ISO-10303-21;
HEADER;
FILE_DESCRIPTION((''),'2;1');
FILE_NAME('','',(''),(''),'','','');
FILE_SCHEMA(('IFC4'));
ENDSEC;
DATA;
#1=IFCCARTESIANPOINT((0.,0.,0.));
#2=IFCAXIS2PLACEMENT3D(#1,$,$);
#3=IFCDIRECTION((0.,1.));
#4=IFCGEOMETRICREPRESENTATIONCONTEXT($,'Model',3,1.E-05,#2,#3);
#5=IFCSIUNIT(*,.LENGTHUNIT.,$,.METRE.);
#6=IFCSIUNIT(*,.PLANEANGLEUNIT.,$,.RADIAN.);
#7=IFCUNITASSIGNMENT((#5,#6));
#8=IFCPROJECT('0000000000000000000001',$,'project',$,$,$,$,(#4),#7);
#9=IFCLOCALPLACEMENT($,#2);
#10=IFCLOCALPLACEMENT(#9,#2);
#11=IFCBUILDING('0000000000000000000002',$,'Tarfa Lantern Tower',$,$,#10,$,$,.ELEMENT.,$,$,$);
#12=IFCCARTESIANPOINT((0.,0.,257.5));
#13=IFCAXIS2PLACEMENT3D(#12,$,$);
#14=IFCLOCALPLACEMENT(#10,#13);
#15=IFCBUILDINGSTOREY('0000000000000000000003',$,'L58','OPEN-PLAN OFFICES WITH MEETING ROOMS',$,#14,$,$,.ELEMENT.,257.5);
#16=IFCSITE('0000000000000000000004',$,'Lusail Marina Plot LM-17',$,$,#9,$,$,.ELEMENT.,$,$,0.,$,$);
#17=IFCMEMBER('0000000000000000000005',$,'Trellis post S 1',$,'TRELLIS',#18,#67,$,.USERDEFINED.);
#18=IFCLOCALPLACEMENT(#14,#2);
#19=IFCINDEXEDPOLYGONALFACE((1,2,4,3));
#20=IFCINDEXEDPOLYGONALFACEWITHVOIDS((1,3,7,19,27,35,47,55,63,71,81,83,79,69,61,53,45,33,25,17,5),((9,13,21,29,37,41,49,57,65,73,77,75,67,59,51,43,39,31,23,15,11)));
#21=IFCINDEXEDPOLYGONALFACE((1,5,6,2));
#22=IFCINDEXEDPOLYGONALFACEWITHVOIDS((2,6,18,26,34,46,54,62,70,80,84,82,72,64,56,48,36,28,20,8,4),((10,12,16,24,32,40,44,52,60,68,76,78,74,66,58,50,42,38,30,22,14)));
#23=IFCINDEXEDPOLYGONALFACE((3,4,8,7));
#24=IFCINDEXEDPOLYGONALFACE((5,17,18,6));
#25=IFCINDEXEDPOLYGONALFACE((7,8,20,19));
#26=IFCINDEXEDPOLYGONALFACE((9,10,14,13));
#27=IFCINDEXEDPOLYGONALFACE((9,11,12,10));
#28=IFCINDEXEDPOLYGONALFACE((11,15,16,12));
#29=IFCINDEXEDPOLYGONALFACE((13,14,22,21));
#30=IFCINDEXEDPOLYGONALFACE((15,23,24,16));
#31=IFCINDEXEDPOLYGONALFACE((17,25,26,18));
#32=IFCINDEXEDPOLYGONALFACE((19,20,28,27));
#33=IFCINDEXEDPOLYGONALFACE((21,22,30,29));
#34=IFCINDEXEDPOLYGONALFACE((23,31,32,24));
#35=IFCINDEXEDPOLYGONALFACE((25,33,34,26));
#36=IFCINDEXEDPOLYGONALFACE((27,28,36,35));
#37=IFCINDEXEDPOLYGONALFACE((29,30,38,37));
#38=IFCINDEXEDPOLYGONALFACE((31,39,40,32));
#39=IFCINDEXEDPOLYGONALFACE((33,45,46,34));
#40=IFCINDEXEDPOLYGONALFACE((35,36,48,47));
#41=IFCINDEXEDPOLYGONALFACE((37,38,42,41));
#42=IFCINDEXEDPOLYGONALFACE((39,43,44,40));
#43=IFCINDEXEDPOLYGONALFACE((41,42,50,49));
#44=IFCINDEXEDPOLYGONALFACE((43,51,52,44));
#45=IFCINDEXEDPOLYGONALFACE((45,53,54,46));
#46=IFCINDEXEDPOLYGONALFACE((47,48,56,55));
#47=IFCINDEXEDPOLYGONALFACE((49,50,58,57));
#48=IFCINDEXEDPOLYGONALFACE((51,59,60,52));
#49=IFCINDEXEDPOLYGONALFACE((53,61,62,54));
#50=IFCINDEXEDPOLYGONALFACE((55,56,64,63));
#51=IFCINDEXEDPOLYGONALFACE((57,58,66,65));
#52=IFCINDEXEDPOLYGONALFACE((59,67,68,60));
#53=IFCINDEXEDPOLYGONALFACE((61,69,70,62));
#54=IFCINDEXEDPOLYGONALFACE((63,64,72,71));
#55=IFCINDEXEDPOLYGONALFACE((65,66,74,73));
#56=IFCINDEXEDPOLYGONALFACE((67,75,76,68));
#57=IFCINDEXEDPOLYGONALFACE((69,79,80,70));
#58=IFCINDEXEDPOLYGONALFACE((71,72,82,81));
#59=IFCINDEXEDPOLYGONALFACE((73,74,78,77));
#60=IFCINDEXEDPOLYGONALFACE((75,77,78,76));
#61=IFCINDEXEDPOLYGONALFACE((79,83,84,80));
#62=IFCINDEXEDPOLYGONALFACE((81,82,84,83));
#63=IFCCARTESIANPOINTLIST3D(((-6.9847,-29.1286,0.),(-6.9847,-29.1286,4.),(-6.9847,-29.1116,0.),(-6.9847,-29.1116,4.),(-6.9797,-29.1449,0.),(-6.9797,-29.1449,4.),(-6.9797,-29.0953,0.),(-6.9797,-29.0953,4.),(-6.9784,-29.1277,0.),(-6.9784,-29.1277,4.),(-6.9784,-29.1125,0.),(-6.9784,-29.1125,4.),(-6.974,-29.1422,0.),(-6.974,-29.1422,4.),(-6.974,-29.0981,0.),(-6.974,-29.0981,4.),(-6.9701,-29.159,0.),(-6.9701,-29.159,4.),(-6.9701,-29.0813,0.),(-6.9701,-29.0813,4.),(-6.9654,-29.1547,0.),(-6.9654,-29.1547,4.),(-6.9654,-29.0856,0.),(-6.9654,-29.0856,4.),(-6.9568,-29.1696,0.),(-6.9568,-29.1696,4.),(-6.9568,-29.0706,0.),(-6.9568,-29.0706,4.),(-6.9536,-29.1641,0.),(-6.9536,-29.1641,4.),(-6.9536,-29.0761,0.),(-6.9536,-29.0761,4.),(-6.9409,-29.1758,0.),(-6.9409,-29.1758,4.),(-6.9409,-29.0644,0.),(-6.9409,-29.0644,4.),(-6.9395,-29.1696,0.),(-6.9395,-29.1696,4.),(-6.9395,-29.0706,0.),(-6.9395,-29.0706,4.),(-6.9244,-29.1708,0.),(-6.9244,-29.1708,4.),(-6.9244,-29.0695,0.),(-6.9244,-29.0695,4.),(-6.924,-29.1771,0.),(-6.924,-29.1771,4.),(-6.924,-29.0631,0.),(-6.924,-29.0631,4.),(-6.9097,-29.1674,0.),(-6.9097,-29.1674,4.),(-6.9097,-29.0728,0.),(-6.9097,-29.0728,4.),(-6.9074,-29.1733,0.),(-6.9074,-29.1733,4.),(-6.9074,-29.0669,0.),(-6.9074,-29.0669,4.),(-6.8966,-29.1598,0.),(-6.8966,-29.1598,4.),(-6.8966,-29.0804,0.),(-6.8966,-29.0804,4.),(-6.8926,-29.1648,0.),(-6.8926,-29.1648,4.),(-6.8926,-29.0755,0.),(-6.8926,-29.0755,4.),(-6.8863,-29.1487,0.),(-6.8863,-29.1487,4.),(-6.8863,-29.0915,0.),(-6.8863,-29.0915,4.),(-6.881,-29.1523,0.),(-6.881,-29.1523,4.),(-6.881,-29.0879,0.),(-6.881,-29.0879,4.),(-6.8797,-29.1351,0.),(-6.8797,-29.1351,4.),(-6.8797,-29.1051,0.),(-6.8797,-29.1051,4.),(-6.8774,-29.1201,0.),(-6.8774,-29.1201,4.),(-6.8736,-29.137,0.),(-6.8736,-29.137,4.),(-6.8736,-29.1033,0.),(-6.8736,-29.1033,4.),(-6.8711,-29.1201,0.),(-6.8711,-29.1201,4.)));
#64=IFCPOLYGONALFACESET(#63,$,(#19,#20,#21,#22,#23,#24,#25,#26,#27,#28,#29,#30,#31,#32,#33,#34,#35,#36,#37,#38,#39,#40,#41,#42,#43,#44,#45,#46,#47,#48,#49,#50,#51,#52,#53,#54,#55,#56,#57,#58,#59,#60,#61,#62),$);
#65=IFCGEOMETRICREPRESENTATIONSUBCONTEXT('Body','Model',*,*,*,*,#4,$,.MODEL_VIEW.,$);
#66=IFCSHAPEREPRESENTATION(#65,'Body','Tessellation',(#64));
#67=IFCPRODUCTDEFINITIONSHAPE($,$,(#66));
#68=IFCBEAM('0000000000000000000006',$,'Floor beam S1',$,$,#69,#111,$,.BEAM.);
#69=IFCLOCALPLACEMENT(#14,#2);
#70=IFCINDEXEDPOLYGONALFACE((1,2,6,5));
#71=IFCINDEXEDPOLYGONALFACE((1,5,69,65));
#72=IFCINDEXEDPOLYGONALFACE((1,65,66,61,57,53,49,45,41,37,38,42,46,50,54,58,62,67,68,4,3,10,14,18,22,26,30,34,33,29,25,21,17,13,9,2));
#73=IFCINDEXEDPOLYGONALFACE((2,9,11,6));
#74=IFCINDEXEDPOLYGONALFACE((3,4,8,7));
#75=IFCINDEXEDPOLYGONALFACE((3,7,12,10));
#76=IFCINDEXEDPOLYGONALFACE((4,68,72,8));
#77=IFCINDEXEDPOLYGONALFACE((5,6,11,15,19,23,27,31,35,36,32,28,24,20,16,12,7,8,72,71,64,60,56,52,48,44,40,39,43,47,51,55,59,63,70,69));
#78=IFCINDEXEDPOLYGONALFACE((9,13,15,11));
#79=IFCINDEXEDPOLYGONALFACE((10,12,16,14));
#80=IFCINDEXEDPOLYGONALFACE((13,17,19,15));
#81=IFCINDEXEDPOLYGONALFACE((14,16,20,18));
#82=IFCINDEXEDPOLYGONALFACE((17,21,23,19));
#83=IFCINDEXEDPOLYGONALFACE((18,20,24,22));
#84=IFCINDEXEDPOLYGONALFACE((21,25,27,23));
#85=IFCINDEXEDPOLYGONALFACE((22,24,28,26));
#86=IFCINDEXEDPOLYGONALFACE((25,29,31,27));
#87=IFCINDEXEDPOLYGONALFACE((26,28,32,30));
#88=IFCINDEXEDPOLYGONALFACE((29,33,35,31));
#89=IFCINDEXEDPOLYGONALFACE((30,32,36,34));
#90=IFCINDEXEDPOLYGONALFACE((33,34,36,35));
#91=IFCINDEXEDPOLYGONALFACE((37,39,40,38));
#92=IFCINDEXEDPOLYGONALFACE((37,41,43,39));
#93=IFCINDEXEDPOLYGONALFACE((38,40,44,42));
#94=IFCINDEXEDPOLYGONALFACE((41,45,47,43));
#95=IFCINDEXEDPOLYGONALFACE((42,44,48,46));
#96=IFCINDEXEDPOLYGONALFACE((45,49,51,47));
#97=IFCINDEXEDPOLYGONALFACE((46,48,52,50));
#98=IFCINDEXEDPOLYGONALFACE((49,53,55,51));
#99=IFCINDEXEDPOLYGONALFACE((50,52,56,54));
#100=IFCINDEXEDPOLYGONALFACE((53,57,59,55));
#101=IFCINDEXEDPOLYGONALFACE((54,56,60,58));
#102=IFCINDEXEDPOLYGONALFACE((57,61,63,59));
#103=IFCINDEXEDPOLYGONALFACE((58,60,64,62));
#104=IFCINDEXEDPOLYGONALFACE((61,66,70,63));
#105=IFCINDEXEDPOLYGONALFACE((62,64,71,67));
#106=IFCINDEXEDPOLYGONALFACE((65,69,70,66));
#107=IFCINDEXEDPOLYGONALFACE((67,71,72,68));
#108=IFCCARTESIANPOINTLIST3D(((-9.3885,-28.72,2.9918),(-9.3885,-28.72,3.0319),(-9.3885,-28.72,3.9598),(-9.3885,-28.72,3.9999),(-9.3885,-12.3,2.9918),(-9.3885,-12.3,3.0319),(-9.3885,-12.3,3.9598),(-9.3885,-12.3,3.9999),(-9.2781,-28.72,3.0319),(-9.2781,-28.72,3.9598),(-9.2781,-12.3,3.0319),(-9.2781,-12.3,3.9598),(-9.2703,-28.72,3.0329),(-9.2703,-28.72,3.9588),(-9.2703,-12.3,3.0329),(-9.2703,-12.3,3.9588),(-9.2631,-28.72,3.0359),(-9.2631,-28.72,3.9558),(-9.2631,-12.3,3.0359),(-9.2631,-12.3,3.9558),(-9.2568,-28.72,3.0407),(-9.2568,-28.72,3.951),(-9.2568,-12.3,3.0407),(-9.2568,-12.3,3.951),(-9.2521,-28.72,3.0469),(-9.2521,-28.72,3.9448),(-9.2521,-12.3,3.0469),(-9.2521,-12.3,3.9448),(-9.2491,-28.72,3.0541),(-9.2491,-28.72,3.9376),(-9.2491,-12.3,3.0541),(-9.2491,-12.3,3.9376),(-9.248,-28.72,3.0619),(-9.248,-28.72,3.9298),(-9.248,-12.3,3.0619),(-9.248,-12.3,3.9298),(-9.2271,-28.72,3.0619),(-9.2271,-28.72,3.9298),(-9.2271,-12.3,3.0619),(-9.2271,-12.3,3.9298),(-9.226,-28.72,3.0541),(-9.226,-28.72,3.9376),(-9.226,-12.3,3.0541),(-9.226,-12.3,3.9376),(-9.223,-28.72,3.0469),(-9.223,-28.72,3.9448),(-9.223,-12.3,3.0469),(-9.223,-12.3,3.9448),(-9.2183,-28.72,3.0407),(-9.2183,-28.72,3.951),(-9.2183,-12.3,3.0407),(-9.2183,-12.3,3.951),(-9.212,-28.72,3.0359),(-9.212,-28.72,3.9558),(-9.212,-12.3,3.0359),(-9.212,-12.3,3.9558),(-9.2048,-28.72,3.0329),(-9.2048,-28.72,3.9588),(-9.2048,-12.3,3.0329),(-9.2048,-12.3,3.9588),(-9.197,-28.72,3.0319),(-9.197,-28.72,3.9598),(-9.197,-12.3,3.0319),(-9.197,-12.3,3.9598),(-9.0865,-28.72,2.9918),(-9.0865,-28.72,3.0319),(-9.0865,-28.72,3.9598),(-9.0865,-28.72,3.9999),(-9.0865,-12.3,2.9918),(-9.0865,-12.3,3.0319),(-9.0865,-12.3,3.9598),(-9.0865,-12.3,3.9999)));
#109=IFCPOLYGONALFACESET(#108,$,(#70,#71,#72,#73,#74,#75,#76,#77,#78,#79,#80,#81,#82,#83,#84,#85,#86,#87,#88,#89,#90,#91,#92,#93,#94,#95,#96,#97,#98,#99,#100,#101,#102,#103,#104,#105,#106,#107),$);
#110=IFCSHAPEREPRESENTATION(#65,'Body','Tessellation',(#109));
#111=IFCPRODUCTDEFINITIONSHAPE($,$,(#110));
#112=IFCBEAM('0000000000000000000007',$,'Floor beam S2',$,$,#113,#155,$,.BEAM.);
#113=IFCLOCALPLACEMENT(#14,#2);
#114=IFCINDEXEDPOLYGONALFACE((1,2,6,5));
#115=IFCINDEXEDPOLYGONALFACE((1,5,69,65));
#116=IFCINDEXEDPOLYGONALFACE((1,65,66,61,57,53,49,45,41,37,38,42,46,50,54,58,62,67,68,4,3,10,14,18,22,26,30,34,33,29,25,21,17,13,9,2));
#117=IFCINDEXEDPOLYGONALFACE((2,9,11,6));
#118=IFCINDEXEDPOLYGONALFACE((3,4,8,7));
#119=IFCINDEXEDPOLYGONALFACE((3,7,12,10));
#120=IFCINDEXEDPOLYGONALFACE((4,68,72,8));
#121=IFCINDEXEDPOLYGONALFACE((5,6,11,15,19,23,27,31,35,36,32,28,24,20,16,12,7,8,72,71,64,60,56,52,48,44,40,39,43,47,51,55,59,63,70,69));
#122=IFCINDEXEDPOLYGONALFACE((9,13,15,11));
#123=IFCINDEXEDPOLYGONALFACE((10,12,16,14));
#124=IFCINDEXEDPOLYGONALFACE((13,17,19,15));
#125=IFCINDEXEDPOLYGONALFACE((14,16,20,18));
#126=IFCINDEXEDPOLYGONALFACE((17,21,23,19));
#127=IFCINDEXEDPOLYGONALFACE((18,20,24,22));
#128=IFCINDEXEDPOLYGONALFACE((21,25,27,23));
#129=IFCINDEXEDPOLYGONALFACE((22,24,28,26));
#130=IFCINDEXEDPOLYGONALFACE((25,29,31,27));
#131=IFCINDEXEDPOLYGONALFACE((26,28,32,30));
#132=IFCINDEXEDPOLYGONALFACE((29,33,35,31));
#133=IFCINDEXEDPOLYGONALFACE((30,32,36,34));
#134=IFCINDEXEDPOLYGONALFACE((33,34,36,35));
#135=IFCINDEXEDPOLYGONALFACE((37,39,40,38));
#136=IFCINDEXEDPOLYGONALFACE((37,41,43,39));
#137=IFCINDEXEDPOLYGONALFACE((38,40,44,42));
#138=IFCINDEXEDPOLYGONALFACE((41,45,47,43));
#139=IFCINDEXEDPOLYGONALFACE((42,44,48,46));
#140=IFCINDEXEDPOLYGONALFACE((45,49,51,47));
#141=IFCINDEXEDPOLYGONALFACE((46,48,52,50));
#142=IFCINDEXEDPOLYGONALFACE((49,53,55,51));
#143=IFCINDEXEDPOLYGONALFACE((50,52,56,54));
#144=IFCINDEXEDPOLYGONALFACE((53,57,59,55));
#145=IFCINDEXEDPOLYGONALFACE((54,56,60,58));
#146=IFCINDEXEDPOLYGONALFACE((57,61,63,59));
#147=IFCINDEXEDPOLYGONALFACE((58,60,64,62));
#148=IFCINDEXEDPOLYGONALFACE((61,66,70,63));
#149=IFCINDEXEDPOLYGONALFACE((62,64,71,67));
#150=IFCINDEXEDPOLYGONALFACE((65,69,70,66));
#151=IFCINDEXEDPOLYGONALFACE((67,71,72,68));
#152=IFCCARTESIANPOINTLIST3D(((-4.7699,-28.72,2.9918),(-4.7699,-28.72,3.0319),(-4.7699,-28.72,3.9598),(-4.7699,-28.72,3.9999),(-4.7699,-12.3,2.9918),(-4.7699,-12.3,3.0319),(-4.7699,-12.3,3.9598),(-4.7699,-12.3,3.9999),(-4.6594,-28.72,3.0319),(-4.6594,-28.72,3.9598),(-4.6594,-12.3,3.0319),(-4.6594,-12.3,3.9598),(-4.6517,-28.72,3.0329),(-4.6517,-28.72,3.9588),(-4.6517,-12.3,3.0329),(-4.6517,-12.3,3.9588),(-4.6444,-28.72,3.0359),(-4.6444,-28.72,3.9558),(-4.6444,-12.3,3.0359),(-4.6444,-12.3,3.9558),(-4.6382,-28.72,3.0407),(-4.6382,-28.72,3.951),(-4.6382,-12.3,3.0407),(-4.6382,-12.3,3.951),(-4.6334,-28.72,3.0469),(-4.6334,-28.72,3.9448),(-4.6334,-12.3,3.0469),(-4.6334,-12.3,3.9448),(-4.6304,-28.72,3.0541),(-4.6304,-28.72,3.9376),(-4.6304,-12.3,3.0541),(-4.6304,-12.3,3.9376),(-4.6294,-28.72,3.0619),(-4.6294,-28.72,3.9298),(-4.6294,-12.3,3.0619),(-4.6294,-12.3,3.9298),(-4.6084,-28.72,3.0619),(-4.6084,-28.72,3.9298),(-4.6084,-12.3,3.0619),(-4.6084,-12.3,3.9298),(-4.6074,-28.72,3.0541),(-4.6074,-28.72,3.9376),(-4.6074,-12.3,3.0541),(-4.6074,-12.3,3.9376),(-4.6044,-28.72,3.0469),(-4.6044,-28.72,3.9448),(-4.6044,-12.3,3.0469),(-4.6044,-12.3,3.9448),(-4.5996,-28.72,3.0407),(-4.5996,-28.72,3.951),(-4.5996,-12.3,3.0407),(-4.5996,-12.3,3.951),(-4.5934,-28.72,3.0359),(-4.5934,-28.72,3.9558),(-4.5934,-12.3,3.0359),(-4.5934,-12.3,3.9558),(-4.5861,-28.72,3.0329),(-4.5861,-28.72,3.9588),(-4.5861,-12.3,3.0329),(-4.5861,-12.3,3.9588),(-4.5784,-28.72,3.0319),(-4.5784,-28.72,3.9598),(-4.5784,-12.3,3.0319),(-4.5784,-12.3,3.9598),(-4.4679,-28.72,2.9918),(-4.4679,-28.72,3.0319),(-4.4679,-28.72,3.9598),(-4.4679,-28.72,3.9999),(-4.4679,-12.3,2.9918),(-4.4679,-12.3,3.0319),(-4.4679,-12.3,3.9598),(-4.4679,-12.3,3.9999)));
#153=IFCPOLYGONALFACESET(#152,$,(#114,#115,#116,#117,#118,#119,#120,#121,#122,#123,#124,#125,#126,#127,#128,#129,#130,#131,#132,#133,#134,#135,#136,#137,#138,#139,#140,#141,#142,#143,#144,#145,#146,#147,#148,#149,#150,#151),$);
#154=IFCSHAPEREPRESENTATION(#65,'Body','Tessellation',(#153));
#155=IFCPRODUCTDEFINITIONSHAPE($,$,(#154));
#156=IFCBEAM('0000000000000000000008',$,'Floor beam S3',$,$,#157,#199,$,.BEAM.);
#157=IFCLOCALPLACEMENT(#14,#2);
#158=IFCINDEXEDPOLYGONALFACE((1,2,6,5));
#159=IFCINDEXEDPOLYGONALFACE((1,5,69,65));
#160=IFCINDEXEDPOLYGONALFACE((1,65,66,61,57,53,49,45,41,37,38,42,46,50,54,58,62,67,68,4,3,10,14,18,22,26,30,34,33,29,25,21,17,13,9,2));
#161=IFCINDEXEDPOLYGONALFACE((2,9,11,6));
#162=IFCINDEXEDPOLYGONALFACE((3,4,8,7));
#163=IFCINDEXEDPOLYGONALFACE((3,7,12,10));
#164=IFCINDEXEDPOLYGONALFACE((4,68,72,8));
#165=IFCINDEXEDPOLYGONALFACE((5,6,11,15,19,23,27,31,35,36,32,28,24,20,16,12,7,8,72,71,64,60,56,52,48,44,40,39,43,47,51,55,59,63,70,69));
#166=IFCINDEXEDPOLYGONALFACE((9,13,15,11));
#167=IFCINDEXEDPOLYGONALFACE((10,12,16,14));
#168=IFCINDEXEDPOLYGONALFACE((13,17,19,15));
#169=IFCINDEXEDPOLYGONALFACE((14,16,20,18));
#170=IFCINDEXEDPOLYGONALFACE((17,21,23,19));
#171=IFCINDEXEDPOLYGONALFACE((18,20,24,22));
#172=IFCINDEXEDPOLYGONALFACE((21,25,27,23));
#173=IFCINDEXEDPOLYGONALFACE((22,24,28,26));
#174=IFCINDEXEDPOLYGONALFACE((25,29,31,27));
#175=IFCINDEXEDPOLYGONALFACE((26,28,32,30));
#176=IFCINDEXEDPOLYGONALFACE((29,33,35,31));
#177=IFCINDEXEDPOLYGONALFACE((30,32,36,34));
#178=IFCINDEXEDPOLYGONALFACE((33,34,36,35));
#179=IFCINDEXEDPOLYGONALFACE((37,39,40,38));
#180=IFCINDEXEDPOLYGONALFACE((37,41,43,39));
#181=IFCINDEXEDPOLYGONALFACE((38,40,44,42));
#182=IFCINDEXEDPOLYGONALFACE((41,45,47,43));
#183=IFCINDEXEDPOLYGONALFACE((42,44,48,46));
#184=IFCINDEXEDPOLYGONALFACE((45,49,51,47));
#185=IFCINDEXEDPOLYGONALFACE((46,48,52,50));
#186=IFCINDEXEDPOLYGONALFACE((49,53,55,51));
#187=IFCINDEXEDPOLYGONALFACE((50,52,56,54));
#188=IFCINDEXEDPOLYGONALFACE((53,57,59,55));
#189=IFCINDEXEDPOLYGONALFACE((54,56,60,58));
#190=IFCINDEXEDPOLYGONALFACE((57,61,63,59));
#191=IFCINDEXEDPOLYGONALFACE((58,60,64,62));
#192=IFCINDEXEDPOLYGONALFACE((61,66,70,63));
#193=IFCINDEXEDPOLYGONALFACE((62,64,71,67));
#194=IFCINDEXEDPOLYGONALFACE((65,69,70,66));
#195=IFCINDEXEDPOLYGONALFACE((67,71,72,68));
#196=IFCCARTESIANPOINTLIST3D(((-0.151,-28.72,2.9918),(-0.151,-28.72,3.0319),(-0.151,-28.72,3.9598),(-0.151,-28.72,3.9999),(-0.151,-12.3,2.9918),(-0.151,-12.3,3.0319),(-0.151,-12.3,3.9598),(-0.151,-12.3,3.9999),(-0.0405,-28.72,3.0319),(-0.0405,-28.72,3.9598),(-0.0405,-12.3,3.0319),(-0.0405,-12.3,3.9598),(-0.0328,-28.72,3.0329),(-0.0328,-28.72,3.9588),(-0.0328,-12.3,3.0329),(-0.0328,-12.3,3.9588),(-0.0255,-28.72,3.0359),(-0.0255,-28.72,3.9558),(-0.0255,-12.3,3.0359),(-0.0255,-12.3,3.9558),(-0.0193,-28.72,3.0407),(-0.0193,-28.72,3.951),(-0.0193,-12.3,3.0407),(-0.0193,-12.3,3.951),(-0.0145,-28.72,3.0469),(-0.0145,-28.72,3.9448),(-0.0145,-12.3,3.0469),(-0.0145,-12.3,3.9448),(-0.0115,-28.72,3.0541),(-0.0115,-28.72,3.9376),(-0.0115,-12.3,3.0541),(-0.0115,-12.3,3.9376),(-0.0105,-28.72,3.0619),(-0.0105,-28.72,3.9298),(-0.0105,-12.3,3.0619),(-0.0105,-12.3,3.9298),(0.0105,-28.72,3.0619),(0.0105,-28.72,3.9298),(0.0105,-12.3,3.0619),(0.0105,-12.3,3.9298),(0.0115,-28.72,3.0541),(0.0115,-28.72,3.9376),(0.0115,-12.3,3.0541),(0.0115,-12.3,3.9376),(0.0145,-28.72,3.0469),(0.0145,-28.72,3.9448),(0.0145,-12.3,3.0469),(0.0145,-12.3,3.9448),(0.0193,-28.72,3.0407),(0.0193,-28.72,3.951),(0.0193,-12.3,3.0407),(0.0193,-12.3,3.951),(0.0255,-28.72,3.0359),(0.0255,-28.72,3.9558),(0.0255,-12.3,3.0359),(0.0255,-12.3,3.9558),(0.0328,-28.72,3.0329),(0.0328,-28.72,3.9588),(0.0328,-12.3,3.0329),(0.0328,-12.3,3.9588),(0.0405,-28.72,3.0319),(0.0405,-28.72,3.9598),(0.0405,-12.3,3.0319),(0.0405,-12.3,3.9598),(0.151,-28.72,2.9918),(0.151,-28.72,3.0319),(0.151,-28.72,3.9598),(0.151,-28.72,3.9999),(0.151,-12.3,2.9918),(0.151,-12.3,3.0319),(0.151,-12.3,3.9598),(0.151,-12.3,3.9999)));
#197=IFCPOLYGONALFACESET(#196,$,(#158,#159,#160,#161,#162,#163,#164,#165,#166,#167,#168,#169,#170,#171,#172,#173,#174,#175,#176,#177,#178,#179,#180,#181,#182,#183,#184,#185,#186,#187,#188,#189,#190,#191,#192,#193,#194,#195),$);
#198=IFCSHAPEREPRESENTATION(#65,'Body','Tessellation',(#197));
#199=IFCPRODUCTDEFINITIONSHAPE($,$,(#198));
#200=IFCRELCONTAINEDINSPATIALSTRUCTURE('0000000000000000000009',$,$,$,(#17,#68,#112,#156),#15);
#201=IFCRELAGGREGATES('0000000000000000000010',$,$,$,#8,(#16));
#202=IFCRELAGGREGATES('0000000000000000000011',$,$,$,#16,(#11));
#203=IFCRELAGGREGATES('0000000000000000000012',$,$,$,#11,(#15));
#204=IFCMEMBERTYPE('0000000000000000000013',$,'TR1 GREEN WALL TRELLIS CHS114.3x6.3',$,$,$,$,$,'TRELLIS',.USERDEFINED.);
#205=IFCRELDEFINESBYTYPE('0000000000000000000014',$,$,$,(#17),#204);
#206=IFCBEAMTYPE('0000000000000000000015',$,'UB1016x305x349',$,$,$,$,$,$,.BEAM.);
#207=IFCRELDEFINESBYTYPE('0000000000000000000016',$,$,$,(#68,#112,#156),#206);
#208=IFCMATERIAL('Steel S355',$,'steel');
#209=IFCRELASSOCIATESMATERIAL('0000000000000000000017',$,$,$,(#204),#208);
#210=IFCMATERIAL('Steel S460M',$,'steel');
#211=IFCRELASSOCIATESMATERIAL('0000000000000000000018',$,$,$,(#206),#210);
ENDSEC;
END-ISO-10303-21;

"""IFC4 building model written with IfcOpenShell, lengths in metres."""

from ifc_helpers import new_model, si_unit, direction, frame, origin, origin_2d, place, context, subcontext, project, spatial, hollow_circle, i_section, extrude, material, material_profile, profile_set, type_object, element, save


model = new_model("IFC4")

# Units and contexts
model_context = context("Model", 3, precision=1e-05, world=origin(), true_north=direction((0.0, 1.0)))
body_context = subcontext(model_context, "Body", "Model", "MODEL_VIEW")
ifc_project = project(units=[si_unit("LENGTHUNIT", "METRE"), si_unit("PLANEANGLEUNIT", "RADIAN")], contexts=[model_context])

# Site, building, storey
site_placement = place(None, origin())
site = spatial("IfcSite", under=ifc_project, at=site_placement, Name="Lusail Marina Plot LM-17", CompositionType="ELEMENT", RefElevation=0.0)
building_placement = place(site_placement, origin())
building = spatial("IfcBuilding", under=site, at=building_placement, Name="Tarfa Lantern Tower", CompositionType="ELEMENT")
storey_placement = place(building_placement, frame((0.0, 0.0, 257.5)))
storey = spatial("IfcBuildingStorey", under=building, at=storey_placement, Name="L58", Description="OPEN-PLAN OFFICES WITH MEETING ROOMS", CompositionType="ELEMENT", Elevation=257.5)

# Member
ifc_material_1 = material(Name="Steel S355", Category="steel")
ifc_material_profile_1 = material_profile(ifc_material_1, hollow_circle(Radius=0.0571, WallThickness=0.0063, at=origin_2d()), Name="CHS114.3x6.3")
ifc_profile_set_1 = profile_set([ifc_material_profile_1], Name="Steel S355")
member_type_1 = type_object("IfcMemberType", Name="TR1 GREEN WALL TRELLIS CHS114.3x6.3", ElementType="TRELLIS", PredefinedType="USERDEFINED", material=ifc_profile_set_1)
member_1_placement = place(storey_placement, frame((-6.9282, -29.1201, 0.0), z_axis=(0.0, 0.0, 1.0), x_axis=(1.0, 0.0, 0.0)))
element("IfcMember", 1, at=member_1_placement, inside=storey, type_object=member_type_1, Name="Trellis post S 1", ObjectType="TRELLIS", PredefinedType="USERDEFINED", context=body_context, shape_type="SweptSolid", body=[
    extrude(hollow_circle(Radius=0.0571, WallThickness=0.0063, at=origin_2d()), origin(), (0.0, 0.0, 1.0), 4.0),
])

# Beams
ifc_material_2 = material(Name="Steel S460M", Category="steel")
ifc_material_profile_2 = material_profile(ifc_material_2, i_section(OverallWidth=0.302, OverallDepth=1.0081, WebThickness=0.021, FlangeThickness=0.04, FilletRadius=0.03, at=origin_2d()), Name="UB1016x305x349")
ifc_profile_set_2 = profile_set([ifc_material_profile_2], Name="Steel S460M")
beam_type_1 = type_object("IfcBeamType", Name="UB1016x305x349", PredefinedType="BEAM", material=ifc_profile_set_2)
for number, where, z_axis, x_axis, name in (
    (2, (-9.2375, -28.72, 3.4958), (0.0, 1.0, 0.0), (-1.0, 0.0, 0.0), "Floor beam S1"),
    (3, (-4.6189, -28.72, 3.4958), (0.0, 1.0, 0.0), (-1.0, 0.0, 0.0), "Floor beam S2"),
    (4, (0.0, -28.72, 3.4958), (0.0, 1.0, 0.0), (-1.0, 0.0, 0.0), "Floor beam S3"),
):
    element("IfcBeam", number, at=place(storey_placement, frame(where, z_axis=z_axis, x_axis=x_axis)), inside=storey, type_object=beam_type_1, Name=name, PredefinedType="BEAM", context=body_context, shape_type="SweptSolid", body=[
        extrude(i_section(OverallWidth=0.302, OverallDepth=1.0081, WebThickness=0.021, FlangeThickness=0.04, FilletRadius=0.03, at=origin_2d()), origin(), (0.0, 0.0, 1.0), 16.4199),
    ])

save(model, "model.ifc")
